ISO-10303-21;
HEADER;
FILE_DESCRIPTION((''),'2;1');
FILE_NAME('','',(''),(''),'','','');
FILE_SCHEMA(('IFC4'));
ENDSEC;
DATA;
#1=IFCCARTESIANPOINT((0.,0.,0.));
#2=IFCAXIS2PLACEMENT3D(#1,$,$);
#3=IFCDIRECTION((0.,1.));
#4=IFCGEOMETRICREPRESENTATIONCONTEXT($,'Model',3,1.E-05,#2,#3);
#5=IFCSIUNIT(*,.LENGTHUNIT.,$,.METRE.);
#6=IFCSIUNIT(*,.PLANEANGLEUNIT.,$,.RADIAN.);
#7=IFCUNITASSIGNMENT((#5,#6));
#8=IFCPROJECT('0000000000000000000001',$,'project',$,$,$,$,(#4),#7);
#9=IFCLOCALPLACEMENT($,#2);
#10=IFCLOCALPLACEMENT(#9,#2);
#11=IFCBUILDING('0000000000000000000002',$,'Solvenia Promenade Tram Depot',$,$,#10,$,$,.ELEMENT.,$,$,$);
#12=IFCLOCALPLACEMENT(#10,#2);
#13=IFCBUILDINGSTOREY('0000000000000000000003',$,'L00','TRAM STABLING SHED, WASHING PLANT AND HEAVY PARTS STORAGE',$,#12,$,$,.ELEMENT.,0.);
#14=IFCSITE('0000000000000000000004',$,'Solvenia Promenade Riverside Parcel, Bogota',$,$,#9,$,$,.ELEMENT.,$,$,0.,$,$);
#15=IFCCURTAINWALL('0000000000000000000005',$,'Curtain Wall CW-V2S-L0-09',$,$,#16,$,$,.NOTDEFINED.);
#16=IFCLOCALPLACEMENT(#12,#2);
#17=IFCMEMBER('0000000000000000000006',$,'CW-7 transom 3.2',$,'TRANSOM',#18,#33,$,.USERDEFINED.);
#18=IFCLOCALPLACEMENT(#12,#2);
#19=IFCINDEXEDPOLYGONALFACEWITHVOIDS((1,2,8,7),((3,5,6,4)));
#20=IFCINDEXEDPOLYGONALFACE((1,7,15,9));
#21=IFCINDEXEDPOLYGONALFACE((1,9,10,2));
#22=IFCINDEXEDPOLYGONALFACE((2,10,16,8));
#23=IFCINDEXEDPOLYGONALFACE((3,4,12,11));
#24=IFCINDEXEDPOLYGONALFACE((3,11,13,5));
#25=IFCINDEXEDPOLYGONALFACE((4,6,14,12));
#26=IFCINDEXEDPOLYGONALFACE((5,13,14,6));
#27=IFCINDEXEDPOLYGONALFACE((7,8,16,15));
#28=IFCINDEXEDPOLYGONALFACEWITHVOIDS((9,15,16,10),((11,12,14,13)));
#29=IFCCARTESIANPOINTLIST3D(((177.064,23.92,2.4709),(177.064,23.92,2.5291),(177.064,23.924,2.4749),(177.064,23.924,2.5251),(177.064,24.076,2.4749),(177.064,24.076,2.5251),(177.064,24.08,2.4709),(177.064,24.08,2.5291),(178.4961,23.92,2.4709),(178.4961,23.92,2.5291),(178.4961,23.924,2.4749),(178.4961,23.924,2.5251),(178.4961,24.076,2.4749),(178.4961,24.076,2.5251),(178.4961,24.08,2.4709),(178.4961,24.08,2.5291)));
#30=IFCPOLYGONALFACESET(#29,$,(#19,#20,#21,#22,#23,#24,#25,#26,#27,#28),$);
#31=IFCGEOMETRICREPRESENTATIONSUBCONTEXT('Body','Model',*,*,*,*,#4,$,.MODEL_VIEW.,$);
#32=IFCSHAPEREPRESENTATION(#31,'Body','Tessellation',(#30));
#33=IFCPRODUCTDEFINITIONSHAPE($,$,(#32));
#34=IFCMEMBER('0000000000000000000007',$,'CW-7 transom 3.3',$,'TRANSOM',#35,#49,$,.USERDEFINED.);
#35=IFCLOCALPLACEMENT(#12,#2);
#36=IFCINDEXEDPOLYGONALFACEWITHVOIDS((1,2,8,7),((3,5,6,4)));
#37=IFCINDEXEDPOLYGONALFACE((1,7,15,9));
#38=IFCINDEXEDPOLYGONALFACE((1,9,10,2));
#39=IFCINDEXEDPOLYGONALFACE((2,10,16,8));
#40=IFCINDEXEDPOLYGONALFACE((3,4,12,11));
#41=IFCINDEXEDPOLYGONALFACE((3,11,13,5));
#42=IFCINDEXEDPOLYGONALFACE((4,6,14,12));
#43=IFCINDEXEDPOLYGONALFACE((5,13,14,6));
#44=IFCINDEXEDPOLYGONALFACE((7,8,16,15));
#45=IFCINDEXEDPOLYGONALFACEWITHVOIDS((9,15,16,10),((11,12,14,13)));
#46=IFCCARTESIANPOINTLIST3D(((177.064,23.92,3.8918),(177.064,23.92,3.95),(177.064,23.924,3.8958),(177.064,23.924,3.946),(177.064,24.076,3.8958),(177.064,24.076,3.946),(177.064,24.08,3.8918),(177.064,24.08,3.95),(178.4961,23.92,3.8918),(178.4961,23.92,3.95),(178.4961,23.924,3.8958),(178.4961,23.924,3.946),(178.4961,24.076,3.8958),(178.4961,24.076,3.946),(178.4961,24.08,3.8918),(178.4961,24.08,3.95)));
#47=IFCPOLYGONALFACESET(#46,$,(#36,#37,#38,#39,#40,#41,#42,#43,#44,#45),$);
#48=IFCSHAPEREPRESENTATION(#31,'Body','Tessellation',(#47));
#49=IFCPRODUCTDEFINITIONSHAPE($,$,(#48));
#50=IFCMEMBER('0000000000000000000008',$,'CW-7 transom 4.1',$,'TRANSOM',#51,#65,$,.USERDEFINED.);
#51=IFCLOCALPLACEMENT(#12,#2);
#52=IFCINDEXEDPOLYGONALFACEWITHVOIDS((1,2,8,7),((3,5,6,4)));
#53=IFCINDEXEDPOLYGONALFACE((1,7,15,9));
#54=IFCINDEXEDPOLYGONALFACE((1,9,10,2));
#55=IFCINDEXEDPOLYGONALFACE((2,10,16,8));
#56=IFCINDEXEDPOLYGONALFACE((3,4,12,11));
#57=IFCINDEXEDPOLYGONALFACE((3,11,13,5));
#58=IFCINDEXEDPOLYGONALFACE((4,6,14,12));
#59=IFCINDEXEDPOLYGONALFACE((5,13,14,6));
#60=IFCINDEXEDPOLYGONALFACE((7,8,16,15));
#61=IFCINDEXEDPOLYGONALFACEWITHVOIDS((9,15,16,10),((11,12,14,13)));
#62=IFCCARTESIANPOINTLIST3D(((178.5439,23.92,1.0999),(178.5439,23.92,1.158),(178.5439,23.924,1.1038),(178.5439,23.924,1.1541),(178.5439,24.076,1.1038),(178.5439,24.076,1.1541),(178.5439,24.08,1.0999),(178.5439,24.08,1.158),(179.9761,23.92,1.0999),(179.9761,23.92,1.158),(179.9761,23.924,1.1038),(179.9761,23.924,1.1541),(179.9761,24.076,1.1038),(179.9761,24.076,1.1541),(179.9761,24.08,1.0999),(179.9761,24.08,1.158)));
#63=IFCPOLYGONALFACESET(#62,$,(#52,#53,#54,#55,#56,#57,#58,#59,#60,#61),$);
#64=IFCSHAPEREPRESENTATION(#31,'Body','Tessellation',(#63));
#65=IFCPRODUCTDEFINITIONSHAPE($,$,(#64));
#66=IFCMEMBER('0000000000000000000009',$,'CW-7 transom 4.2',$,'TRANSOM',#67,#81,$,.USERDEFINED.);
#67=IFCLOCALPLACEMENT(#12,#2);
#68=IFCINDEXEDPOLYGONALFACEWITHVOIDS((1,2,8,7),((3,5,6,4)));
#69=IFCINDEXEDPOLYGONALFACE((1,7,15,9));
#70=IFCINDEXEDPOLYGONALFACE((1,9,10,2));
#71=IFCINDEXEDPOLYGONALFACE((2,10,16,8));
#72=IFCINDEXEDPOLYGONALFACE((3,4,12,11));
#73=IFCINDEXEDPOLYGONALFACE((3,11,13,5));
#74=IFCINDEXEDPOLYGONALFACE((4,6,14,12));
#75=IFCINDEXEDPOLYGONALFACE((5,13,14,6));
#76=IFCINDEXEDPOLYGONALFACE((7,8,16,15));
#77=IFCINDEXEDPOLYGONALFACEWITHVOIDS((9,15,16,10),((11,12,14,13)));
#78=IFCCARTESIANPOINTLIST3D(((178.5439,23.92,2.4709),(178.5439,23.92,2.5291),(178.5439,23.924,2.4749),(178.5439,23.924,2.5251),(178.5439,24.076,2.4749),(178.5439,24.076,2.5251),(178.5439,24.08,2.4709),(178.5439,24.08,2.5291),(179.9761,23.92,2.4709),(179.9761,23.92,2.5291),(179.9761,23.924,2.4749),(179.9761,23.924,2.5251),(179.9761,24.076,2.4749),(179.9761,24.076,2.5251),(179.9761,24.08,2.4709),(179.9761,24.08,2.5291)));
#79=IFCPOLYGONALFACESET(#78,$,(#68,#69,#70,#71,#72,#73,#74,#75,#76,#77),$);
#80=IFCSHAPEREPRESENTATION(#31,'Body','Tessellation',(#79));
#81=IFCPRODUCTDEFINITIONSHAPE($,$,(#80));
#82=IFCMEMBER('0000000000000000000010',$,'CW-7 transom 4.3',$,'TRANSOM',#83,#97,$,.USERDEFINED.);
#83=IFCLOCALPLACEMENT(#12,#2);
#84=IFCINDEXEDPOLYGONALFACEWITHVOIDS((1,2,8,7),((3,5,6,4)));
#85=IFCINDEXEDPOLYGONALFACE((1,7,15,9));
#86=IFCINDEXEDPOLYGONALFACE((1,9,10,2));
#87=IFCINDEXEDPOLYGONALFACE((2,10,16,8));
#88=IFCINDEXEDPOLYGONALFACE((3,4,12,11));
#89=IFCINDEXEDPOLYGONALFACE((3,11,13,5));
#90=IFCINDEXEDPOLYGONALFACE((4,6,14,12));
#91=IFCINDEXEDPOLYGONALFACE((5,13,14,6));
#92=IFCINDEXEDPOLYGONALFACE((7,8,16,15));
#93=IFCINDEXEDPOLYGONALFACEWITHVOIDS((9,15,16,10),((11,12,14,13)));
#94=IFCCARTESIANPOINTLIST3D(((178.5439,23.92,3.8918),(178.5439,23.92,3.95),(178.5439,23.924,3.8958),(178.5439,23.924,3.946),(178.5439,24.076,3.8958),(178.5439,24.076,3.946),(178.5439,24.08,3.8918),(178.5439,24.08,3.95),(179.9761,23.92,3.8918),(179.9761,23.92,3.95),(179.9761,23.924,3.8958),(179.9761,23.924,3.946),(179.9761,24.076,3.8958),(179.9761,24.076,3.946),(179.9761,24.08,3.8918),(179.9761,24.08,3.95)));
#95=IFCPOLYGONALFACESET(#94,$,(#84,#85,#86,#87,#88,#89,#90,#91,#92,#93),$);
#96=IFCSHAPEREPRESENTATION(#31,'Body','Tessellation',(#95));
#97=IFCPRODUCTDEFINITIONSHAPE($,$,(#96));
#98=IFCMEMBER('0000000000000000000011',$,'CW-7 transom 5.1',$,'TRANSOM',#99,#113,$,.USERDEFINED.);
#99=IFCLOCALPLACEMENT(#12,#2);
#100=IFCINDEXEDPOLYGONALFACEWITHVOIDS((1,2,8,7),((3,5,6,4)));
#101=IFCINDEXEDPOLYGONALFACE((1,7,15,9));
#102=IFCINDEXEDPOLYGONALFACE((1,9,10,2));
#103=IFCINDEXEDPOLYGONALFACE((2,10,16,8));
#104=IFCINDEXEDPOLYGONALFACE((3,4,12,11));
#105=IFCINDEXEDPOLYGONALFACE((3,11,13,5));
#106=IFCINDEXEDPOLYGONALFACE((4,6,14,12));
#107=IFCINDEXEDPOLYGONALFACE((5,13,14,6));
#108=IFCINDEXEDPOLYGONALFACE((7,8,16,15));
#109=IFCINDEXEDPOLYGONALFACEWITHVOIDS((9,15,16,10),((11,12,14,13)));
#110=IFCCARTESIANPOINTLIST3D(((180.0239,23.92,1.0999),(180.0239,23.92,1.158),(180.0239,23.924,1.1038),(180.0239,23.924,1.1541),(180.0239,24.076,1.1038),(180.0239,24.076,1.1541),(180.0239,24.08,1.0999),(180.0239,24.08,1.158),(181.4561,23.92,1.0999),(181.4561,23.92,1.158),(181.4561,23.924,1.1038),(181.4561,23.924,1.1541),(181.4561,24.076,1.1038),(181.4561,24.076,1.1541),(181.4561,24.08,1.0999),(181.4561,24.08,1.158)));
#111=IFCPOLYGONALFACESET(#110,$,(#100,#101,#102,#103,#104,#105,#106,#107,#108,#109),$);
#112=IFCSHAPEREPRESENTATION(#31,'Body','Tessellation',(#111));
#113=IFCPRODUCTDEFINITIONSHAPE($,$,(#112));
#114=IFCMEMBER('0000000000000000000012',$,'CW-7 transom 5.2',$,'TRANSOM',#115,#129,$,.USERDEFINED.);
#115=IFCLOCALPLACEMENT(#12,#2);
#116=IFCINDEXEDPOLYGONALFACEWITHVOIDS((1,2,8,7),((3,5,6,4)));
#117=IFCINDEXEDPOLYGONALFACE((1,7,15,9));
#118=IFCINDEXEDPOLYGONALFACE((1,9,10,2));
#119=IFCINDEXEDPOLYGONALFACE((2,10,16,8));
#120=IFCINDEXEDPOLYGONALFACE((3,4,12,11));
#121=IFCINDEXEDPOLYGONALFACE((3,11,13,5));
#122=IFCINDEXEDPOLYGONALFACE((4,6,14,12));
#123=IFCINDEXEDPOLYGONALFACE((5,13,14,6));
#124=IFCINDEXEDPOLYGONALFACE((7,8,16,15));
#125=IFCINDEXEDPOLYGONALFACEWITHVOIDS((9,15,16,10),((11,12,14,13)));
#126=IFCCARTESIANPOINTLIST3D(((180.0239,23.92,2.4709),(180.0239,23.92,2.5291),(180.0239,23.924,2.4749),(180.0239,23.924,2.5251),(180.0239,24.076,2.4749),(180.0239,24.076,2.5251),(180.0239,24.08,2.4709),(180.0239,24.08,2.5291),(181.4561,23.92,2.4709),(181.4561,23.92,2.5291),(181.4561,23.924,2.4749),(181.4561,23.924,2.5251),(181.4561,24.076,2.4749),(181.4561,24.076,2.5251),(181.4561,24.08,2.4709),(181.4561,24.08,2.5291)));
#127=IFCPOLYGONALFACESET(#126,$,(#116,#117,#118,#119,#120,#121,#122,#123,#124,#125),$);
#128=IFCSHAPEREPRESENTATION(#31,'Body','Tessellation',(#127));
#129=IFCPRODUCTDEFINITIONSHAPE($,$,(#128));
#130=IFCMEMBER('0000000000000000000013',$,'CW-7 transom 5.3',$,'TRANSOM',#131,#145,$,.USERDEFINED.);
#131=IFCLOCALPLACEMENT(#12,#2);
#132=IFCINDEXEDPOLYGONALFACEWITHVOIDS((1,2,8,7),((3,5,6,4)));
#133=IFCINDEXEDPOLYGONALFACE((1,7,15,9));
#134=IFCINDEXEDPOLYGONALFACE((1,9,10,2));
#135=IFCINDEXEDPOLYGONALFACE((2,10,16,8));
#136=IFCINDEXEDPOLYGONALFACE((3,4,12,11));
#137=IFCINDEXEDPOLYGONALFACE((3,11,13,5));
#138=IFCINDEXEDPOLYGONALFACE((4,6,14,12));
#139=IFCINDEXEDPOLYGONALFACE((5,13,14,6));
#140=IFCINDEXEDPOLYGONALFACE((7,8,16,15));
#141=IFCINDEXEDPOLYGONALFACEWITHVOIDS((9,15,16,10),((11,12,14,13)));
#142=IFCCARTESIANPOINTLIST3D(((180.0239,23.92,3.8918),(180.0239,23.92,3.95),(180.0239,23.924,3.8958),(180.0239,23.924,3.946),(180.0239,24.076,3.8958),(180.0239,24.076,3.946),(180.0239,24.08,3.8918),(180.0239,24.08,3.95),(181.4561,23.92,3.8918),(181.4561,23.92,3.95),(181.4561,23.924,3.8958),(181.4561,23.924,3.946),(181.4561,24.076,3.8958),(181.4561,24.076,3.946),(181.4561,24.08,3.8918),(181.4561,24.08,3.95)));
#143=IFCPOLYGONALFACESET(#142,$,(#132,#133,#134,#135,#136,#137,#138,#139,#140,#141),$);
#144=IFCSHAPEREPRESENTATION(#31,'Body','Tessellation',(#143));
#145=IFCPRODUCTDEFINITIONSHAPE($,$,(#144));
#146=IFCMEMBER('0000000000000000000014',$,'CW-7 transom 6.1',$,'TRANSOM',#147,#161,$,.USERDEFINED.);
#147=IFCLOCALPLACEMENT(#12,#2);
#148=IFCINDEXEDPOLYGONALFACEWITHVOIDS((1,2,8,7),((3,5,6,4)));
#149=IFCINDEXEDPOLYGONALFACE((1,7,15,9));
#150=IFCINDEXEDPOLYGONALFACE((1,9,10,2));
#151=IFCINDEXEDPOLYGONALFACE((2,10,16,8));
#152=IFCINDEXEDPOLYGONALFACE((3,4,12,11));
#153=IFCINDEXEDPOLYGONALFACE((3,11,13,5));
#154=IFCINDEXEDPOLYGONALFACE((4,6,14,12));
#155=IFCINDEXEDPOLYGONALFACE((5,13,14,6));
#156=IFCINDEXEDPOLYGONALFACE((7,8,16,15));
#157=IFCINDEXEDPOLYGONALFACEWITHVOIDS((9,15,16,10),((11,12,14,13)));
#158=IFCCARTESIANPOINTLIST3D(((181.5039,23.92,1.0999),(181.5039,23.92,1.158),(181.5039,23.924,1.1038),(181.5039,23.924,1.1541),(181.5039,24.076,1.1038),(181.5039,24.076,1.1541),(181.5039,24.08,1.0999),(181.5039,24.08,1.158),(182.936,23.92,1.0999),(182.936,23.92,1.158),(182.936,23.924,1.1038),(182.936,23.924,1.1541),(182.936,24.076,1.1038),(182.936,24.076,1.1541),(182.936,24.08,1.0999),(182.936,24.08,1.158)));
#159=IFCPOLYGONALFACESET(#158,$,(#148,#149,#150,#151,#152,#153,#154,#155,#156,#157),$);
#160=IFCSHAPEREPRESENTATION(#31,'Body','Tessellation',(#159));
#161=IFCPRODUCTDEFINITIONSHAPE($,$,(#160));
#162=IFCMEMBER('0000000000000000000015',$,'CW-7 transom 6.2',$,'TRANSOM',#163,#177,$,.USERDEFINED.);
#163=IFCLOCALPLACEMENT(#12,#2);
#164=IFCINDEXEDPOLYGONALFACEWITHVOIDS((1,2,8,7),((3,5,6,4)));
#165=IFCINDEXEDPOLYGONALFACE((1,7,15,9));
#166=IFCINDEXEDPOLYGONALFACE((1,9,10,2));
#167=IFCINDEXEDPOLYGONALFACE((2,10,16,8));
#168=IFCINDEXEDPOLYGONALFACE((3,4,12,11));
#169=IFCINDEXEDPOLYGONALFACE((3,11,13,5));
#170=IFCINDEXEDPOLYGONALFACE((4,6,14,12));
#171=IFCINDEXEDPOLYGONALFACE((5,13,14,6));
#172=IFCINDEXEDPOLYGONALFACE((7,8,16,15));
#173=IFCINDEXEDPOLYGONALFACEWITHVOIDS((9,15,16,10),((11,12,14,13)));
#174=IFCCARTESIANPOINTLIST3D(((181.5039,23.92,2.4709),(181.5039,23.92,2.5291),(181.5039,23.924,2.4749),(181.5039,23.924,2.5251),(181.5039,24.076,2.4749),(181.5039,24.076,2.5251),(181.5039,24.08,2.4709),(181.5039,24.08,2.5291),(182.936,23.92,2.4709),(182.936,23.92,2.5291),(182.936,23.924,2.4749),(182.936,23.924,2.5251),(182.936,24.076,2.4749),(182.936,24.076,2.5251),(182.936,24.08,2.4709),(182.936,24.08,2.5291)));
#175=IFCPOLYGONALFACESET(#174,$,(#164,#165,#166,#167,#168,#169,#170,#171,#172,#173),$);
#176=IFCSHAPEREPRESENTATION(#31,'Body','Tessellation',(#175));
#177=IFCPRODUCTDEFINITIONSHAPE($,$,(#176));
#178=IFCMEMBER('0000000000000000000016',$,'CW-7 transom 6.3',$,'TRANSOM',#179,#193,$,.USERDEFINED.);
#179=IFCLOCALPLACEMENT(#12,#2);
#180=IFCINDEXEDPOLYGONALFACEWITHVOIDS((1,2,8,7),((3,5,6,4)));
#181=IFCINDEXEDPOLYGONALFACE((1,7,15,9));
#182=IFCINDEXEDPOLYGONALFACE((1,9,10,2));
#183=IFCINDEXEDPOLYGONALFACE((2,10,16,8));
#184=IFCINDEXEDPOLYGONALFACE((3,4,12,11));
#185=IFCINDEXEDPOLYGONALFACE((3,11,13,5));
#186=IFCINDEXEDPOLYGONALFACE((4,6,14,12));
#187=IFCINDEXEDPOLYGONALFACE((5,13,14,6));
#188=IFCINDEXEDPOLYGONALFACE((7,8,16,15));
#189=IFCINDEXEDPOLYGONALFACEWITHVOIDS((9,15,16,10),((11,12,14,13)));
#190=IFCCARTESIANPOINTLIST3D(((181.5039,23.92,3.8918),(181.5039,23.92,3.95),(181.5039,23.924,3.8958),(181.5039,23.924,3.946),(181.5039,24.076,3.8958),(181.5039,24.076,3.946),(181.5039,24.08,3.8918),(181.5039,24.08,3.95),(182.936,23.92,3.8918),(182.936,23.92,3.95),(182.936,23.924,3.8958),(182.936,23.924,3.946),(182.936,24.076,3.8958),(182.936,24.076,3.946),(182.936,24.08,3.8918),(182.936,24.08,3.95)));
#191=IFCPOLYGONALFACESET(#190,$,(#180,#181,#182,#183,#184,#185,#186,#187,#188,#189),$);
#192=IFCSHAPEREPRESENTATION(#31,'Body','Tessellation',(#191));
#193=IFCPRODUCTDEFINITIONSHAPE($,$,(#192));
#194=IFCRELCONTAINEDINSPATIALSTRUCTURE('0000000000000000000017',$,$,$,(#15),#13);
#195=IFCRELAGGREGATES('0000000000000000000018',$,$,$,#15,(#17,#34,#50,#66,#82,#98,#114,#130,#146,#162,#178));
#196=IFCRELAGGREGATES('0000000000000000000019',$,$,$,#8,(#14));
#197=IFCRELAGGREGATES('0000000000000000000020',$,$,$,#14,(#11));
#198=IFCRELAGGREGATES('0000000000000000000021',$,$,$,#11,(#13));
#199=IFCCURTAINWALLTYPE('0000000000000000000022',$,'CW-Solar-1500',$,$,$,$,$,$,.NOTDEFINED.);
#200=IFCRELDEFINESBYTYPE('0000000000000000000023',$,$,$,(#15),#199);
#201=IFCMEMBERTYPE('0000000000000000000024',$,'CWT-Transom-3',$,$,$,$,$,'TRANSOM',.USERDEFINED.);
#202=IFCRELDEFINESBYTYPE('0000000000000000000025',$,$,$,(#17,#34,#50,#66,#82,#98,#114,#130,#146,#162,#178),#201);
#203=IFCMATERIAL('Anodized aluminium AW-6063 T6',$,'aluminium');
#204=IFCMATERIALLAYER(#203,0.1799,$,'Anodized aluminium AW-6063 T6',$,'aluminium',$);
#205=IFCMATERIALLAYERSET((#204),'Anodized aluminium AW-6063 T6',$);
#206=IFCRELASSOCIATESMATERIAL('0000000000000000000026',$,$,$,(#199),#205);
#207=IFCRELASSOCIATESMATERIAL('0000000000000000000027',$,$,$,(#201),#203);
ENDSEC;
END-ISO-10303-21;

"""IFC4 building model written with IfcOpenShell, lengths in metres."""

from ifc_helpers import new_model, si_unit, direction, frame, origin, origin_2d, place, context, subcontext, project, spatial, hollow_rectangle, extrude, material, layer, layer_set, material_profile, profile_set, type_object, element, aggregate, save


model = new_model("IFC4")

# Units and contexts
model_context = context("Model", 3, precision=1e-05, world=origin(), true_north=direction((0.0, 1.0)))
body_context = subcontext(model_context, "Body", "Model", "MODEL_VIEW")
ifc_project = project(units=[si_unit("LENGTHUNIT", "METRE"), si_unit("PLANEANGLEUNIT", "RADIAN")], contexts=[model_context])

# Site, building, storey
site_placement = place(None, origin())
site = spatial("IfcSite", under=ifc_project, at=site_placement, Name="Solvenia Promenade Riverside Parcel, Bogota", CompositionType="ELEMENT", RefElevation=0.0)
building_placement = place(site_placement, origin())
building = spatial("IfcBuilding", under=site, at=building_placement, Name="Solvenia Promenade Tram Depot", CompositionType="ELEMENT")
storey_placement = place(building_placement, origin())
storey = spatial("IfcBuildingStorey", under=building, at=storey_placement, Name="L00", Description="TRAM STABLING SHED, WASHING PLANT AND HEAVY PARTS STORAGE", CompositionType="ELEMENT", Elevation=0.0)

# Curtain wall, members
ifc_material_1 = material(Name="Anodized aluminium AW-6063 T6", Category="aluminium")
ifc_layer_1 = layer(ifc_material_1, 0.1799, Name="Anodized aluminium AW-6063 T6", Category="aluminium")
ifc_layer_set_1 = layer_set([ifc_layer_1], Name="Anodized aluminium AW-6063 T6")
curtain_wall_type = type_object("IfcCurtainWallType", Name="CW-Solar-1500", PredefinedType="NOTDEFINED", material=ifc_layer_set_1)
curtain_wall_placement = place(storey_placement, origin())
curtain_wall = element("IfcCurtainWall", 1, at=curtain_wall_placement, inside=storey, type_object=curtain_wall_type, Name="Curtain Wall CW-V2S-L0-09", PredefinedType="NOTDEFINED")
ifc_material_profile_1 = material_profile(ifc_material_1, hollow_rectangle(XDim=0.1599, YDim=0.0581, WallThickness=0.0039, at=origin_2d()), Name="ALU-T3", Category="aluminium")
ifc_profile_set_1 = profile_set([ifc_material_profile_1], Name="Anodized aluminium AW-6063 T6")
member_type_1 = type_object("IfcMemberType", Name="CWT-Transom-3", ElementType="TRANSOM", PredefinedType="USERDEFINED", material=ifc_profile_set_1)
member_1_placement = place(storey_placement, frame((177.064, 24.0, 2.5), z_axis=(1.0, 0.0, 0.0), x_axis=(0.0, 1.0, 0.0)))
member_1 = element("IfcMember", 2, at=member_1_placement, type_object=member_type_1, Name="CW-7 transom 3.2", ObjectType="TRANSOM", PredefinedType="USERDEFINED", context=body_context, shape_type="SweptSolid", body=[
    extrude(hollow_rectangle(XDim=0.1599, YDim=0.0581, WallThickness=0.0039, at=origin_2d()), origin(), (0.0, 0.0, 1.0), 1.4321),
])
member_2_placement = place(storey_placement, frame((177.064, 24.0, 3.9209), z_axis=(1.0, 0.0, 0.0), x_axis=(0.0, 1.0, 0.0)))
member_2 = element("IfcMember", 3, at=member_2_placement, type_object=member_type_1, Name="CW-7 transom 3.3", ObjectType="TRANSOM", PredefinedType="USERDEFINED", context=body_context, shape_type="SweptSolid", body=[
    extrude(hollow_rectangle(XDim=0.1599, YDim=0.0581, WallThickness=0.0039, at=origin_2d()), origin(), (0.0, 0.0, 1.0), 1.4321),
])
member_3_placement = place(storey_placement, frame((178.5439, 24.0, 1.1289), z_axis=(1.0, 0.0, 0.0), x_axis=(0.0, 1.0, 0.0)))
member_3 = element("IfcMember", 4, at=member_3_placement, type_object=member_type_1, Name="CW-7 transom 4.1", ObjectType="TRANSOM", PredefinedType="USERDEFINED", context=body_context, shape_type="SweptSolid", body=[
    extrude(hollow_rectangle(XDim=0.1599, YDim=0.0581, WallThickness=0.0039, at=origin_2d()), origin(), (0.0, 0.0, 1.0), 1.4321),
])
member_4_placement = place(storey_placement, frame((178.5439, 24.0, 2.5), z_axis=(1.0, 0.0, 0.0), x_axis=(0.0, 1.0, 0.0)))
member_4 = element("IfcMember", 5, at=member_4_placement, type_object=member_type_1, Name="CW-7 transom 4.2", ObjectType="TRANSOM", PredefinedType="USERDEFINED", context=body_context, shape_type="SweptSolid", body=[
    extrude(hollow_rectangle(XDim=0.1599, YDim=0.0581, WallThickness=0.0039, at=origin_2d()), origin(), (0.0, 0.0, 1.0), 1.4321),
])
member_5_placement = place(storey_placement, frame((178.5439, 24.0, 3.9209), z_axis=(1.0, 0.0, 0.0), x_axis=(0.0, 1.0, 0.0)))
member_5 = element("IfcMember", 6, at=member_5_placement, type_object=member_type_1, Name="CW-7 transom 4.3", ObjectType="TRANSOM", PredefinedType="USERDEFINED", context=body_context, shape_type="SweptSolid", body=[
    extrude(hollow_rectangle(XDim=0.1599, YDim=0.0581, WallThickness=0.0039, at=origin_2d()), origin(), (0.0, 0.0, 1.0), 1.4321),
])
member_6_placement = place(storey_placement, frame((180.0239, 24.0, 1.1289), z_axis=(1.0, 0.0, 0.0), x_axis=(0.0, 1.0, 0.0)))
member_6 = element("IfcMember", 7, at=member_6_placement, type_object=member_type_1, Name="CW-7 transom 5.1", ObjectType="TRANSOM", PredefinedType="USERDEFINED", context=body_context, shape_type="SweptSolid", body=[
    extrude(hollow_rectangle(XDim=0.1599, YDim=0.0581, WallThickness=0.0039, at=origin_2d()), origin(), (0.0, 0.0, 1.0), 1.4321),
])
member_7_placement = place(storey_placement, frame((180.0239, 24.0, 2.5), z_axis=(1.0, 0.0, 0.0), x_axis=(0.0, 1.0, 0.0)))
member_7 = element("IfcMember", 8, at=member_7_placement, type_object=member_type_1, Name="CW-7 transom 5.2", ObjectType="TRANSOM", PredefinedType="USERDEFINED", context=body_context, shape_type="SweptSolid", body=[
    extrude(hollow_rectangle(XDim=0.1599, YDim=0.0581, WallThickness=0.0039, at=origin_2d()), origin(), (0.0, 0.0, 1.0), 1.4321),
])
member_8_placement = place(storey_placement, frame((180.0239, 24.0, 3.9209), z_axis=(1.0, 0.0, 0.0), x_axis=(0.0, 1.0, 0.0)))
member_8 = element("IfcMember", 9, at=member_8_placement, type_object=member_type_1, Name="CW-7 transom 5.3", ObjectType="TRANSOM", PredefinedType="USERDEFINED", context=body_context, shape_type="SweptSolid", body=[
    extrude(hollow_rectangle(XDim=0.1599, YDim=0.0581, WallThickness=0.0039, at=origin_2d()), origin(), (0.0, 0.0, 1.0), 1.4321),
])
member_9_placement = place(storey_placement, frame((181.5039, 24.0, 1.1289), z_axis=(1.0, 0.0, 0.0), x_axis=(0.0, 1.0, 0.0)))
member_9 = element("IfcMember", 10, at=member_9_placement, type_object=member_type_1, Name="CW-7 transom 6.1", ObjectType="TRANSOM", PredefinedType="USERDEFINED", context=body_context, shape_type="SweptSolid", body=[
    extrude(hollow_rectangle(XDim=0.1599, YDim=0.0581, WallThickness=0.0039, at=origin_2d()), origin(), (0.0, 0.0, 1.0), 1.4321),
])
member_10_placement = place(storey_placement, frame((181.5039, 24.0, 2.5), z_axis=(1.0, 0.0, 0.0), x_axis=(0.0, 1.0, 0.0)))
member_10 = element("IfcMember", 11, at=member_10_placement, type_object=member_type_1, Name="CW-7 transom 6.2", ObjectType="TRANSOM", PredefinedType="USERDEFINED", context=body_context, shape_type="SweptSolid", body=[
    extrude(hollow_rectangle(XDim=0.1599, YDim=0.0581, WallThickness=0.0039, at=origin_2d()), origin(), (0.0, 0.0, 1.0), 1.4321),
])
member_11_placement = place(storey_placement, frame((181.5039, 24.0, 3.9209), z_axis=(1.0, 0.0, 0.0), x_axis=(0.0, 1.0, 0.0)))
member_11 = element("IfcMember", 12, at=member_11_placement, type_object=member_type_1, Name="CW-7 transom 6.3", ObjectType="TRANSOM", PredefinedType="USERDEFINED", context=body_context, shape_type="SweptSolid", body=[
    extrude(hollow_rectangle(XDim=0.1599, YDim=0.0581, WallThickness=0.0039, at=origin_2d()), origin(), (0.0, 0.0, 1.0), 1.4321),
])
aggregate(curtain_wall, [member_1, member_2, member_3, member_4, member_5, member_6, member_7, member_8, member_9, member_10, member_11])

save(model, "model.ifc")
